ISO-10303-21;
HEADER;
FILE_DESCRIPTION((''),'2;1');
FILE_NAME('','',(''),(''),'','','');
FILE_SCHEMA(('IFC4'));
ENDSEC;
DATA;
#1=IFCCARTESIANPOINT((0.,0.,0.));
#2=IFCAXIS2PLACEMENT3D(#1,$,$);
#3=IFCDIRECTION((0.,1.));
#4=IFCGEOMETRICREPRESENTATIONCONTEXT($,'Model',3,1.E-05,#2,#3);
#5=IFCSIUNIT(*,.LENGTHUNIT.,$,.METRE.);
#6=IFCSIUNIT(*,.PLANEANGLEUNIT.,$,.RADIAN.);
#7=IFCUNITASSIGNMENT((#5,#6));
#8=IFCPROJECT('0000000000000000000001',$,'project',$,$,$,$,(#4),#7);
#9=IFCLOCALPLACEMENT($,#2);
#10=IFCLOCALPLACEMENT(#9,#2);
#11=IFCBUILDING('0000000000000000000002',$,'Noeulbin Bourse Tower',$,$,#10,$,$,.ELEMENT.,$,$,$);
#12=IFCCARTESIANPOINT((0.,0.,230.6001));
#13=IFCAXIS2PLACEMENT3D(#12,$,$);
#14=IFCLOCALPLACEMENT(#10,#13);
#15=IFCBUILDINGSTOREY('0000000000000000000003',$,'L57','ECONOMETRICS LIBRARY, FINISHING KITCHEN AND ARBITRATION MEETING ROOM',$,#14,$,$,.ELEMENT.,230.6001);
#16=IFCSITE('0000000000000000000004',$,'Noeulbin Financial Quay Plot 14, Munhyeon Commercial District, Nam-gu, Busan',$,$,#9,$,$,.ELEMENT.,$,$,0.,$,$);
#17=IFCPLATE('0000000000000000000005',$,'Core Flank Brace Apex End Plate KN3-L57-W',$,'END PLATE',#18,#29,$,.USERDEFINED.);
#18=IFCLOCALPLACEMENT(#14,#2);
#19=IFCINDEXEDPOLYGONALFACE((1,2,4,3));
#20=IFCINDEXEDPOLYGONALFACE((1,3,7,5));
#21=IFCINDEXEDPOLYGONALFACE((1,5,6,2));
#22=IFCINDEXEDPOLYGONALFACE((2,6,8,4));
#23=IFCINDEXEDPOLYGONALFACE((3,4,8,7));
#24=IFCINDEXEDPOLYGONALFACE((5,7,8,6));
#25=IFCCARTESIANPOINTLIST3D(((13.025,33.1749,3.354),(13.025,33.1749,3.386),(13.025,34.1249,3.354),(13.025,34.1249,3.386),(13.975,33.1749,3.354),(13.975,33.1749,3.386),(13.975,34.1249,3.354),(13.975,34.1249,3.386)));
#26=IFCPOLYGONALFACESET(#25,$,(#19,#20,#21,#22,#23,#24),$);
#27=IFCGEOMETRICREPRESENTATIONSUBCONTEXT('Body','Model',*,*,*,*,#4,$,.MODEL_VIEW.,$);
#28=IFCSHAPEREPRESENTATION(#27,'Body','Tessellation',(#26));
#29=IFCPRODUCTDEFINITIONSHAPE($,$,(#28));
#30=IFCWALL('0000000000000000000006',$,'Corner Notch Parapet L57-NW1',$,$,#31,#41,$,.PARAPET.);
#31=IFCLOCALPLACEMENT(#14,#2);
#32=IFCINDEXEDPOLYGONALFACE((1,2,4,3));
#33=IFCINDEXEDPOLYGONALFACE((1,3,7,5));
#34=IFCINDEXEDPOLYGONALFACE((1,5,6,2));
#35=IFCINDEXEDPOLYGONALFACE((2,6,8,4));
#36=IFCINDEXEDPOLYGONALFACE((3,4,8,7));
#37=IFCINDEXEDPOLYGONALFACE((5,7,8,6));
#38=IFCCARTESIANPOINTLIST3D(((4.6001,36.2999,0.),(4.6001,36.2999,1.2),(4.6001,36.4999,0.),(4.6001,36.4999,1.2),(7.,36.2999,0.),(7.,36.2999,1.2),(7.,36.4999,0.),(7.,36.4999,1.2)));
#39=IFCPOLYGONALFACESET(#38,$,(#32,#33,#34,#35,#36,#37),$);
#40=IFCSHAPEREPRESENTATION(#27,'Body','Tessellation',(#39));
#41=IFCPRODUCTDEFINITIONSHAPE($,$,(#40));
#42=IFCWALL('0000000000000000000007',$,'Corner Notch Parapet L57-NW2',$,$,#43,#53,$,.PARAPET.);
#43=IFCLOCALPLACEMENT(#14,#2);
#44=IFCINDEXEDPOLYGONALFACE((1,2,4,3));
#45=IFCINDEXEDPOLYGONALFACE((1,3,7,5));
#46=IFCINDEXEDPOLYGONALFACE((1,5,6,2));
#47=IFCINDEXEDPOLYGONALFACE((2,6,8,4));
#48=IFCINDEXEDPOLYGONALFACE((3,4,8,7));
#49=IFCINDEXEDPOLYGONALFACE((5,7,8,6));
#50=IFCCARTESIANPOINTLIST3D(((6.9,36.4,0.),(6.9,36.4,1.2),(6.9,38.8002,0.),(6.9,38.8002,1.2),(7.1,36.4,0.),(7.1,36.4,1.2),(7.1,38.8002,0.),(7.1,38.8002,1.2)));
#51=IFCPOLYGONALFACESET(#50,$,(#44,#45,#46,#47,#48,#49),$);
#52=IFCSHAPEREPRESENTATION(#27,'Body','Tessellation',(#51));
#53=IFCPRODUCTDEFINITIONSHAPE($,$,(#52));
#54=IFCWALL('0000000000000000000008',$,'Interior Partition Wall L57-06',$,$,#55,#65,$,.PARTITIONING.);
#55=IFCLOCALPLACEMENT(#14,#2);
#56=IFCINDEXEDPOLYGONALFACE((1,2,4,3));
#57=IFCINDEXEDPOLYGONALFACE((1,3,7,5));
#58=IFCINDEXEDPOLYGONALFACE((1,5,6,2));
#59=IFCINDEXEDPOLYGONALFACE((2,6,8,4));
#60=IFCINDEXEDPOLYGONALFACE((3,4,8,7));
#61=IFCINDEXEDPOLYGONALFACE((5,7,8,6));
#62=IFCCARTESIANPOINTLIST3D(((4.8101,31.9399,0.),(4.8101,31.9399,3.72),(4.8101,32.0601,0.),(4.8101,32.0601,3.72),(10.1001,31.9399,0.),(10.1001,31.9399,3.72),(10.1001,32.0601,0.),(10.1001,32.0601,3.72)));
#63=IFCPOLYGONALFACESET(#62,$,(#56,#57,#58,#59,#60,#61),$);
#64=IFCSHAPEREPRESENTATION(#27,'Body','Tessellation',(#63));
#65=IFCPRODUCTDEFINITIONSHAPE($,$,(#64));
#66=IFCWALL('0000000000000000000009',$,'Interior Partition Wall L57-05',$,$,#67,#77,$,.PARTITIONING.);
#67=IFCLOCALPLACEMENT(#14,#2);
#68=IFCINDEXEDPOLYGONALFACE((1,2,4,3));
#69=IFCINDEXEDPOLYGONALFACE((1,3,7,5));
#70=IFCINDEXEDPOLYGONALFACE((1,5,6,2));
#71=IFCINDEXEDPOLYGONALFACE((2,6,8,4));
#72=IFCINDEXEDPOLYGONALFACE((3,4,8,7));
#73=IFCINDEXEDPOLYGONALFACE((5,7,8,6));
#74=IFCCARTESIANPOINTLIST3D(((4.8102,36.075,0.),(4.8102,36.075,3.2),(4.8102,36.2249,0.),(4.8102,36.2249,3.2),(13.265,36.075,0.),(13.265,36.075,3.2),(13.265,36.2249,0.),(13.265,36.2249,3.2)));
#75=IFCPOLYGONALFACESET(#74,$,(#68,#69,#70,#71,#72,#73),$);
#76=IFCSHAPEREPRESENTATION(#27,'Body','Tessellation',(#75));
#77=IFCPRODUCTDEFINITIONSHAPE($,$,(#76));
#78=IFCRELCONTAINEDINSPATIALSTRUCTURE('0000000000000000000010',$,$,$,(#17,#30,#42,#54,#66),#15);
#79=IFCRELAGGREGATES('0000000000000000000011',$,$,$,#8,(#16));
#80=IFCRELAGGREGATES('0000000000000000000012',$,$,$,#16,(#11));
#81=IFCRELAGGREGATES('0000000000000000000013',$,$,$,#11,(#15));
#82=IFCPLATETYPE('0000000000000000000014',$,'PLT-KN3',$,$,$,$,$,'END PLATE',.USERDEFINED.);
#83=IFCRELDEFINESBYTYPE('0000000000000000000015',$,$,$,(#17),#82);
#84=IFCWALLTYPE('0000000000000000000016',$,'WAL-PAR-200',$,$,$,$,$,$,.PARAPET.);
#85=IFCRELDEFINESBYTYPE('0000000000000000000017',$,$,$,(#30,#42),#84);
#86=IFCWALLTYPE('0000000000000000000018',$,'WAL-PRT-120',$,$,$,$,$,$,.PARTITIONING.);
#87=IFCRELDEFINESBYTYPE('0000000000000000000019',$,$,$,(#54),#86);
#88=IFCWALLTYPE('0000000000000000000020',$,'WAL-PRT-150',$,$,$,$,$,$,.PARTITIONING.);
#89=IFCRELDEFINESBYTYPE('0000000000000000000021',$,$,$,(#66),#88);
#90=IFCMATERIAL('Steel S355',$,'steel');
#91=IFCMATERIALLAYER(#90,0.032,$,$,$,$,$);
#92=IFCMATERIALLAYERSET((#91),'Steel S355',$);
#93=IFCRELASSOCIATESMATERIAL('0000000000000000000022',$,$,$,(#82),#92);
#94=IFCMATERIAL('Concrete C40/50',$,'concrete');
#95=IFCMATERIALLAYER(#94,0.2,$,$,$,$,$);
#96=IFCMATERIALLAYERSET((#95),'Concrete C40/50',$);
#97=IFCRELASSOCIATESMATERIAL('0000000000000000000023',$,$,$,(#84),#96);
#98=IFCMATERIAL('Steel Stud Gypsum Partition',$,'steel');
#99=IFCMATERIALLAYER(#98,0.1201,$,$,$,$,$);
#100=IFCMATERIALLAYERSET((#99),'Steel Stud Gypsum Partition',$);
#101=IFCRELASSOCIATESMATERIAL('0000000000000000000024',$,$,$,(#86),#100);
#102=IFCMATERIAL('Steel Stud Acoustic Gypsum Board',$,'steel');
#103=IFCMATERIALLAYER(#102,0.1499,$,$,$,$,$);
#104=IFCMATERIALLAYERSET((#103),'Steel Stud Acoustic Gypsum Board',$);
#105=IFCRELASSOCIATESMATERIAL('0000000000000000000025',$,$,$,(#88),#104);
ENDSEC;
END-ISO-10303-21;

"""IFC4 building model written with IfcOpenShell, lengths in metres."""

from ifc_helpers import new_model, si_unit, direction, frame, frame_2d, origin, origin_2d, place, context, subcontext, project, spatial, rectangle, extrude, material, layer, layer_set, type_object, element, save


model = new_model("IFC4")

# Units and contexts
model_context = context("Model", 3, precision=1e-05, world=origin(), true_north=direction((0.0, 1.0)))
body_context = subcontext(model_context, "Body", "Model", "MODEL_VIEW")
ifc_project = project(units=[si_unit("LENGTHUNIT", "METRE"), si_unit("PLANEANGLEUNIT", "RADIAN")], contexts=[model_context])

# Site, building, storey
site_placement = place(None, origin())
site = spatial("IfcSite", under=ifc_project, at=site_placement, Name="Noeulbin Financial Quay Plot 14, Munhyeon Commercial District, Nam-gu, Busan", CompositionType="ELEMENT", RefElevation=0.0)
building_placement = place(site_placement, origin())
building = spatial("IfcBuilding", under=site, at=building_placement, Name="Noeulbin Bourse Tower", CompositionType="ELEMENT")
storey_placement = place(building_placement, frame((0.0, 0.0, 230.6001)))
storey = spatial("IfcBuildingStorey", under=building, at=storey_placement, Name="L57", Description="ECONOMETRICS LIBRARY, FINISHING KITCHEN AND ARBITRATION MEETING ROOM", CompositionType="ELEMENT", Elevation=230.6001)

# Shared definitions
ifc_material_1 = material(Name="Steel S355", Category="steel")

# Plate
ifc_layer_1 = layer(ifc_material_1, 0.032)
ifc_layer_set_1 = layer_set([ifc_layer_1], Name="Steel S355")
plate_type_1 = type_object("IfcPlateType", Name="PLT-KN3", ElementType="END PLATE", PredefinedType="USERDEFINED", material=ifc_layer_set_1)
plate_1_placement = place(storey_placement, frame((13.5, 33.6499, 3.354), z_axis=(0.0, 0.0, 1.0), x_axis=(1.0, 0.0, 0.0)))
element("IfcPlate", 1, at=plate_1_placement, inside=storey, type_object=plate_type_1, Name="Core Flank Brace Apex End Plate KN3-L57-W", ObjectType="END PLATE", PredefinedType="USERDEFINED", context=body_context, shape_type="SweptSolid", body=[
    extrude(rectangle(XDim=0.95, YDim=0.95, at=origin_2d()), origin(), (0.0, 0.0, 1.0), 0.032),
])

# Walls
ifc_material_2 = material(Name="Concrete C40/50", Category="concrete")
ifc_layer_2 = layer(ifc_material_2, 0.2)
ifc_layer_set_2 = layer_set([ifc_layer_2], Name="Concrete C40/50")
wall_type_1 = type_object("IfcWallType", Name="WAL-PAR-200", PredefinedType="PARAPET", material=ifc_layer_set_2)
wall_1_placement = place(storey_placement, frame((4.6001, 36.3999, 0.0), z_axis=(0.0, 0.0, 1.0), x_axis=(1.0, 0.0, 0.0)))
element("IfcWall", 2, at=wall_1_placement, inside=storey, type_object=wall_type_1, Name="Corner Notch Parapet L57-NW1", PredefinedType="PARAPET", context=body_context, shape_type="SweptSolid", body=[
    extrude(rectangle(XDim=2.3999, YDim=0.2, at=frame_2d((1.2, 0.0))), origin(), (0.0, 0.0, 1.0), 1.2),
])
wall_2_placement = place(storey_placement, frame((7.0, 36.3999, 0.0), z_axis=(0.0, 0.0, 1.0), x_axis=(0.0, 1.0, 0.0)))
element("IfcWall", 3, at=wall_2_placement, inside=storey, type_object=wall_type_1, Name="Corner Notch Parapet L57-NW2", PredefinedType="PARAPET", context=body_context, shape_type="SweptSolid", body=[
    extrude(rectangle(XDim=2.4001, YDim=0.2, at=frame_2d((1.2002, 0.0))), origin(), (0.0, 0.0, 1.0), 1.2),
])
ifc_material_3 = material(Name="Steel Stud Gypsum Partition", Category="steel")
ifc_layer_3 = layer(ifc_material_3, 0.1201)
ifc_layer_set_3 = layer_set([ifc_layer_3], Name="Steel Stud Gypsum Partition")
wall_type_2 = type_object("IfcWallType", Name="WAL-PRT-120", PredefinedType="PARTITIONING", material=ifc_layer_set_3)
wall_3_placement = place(storey_placement, frame((4.8101, 32.0, 0.0), z_axis=(0.0, 0.0, 1.0), x_axis=(1.0, 0.0, 0.0)))
element("IfcWall", 4, at=wall_3_placement, inside=storey, type_object=wall_type_2, Name="Interior Partition Wall L57-06", PredefinedType="PARTITIONING", context=body_context, shape_type="SweptSolid", body=[
    extrude(rectangle(XDim=5.29, YDim=0.1201, at=frame_2d((2.645, 0.0))), origin(), (0.0, 0.0, 1.0), 3.72),
])
ifc_material_4 = material(Name="Steel Stud Acoustic Gypsum Board", Category="steel")
ifc_layer_4 = layer(ifc_material_4, 0.1499)
ifc_layer_set_4 = layer_set([ifc_layer_4], Name="Steel Stud Acoustic Gypsum Board")
wall_type_3 = type_object("IfcWallType", Name="WAL-PRT-150", PredefinedType="PARTITIONING", material=ifc_layer_set_4)
wall_4_placement = place(storey_placement, frame((4.8101, 36.1499, 0.0), z_axis=(0.0, 0.0, 1.0), x_axis=(1.0, 0.0, 0.0)))
element("IfcWall", 5, at=wall_4_placement, inside=storey, type_object=wall_type_3, Name="Interior Partition Wall L57-05", PredefinedType="PARTITIONING", context=body_context, shape_type="SweptSolid", body=[
    extrude(rectangle(XDim=8.4548, YDim=0.1499, at=frame_2d((4.2275, 0.0))), origin(), (0.0, 0.0, 1.0), 3.2),
])

save(model, "model.ifc")
